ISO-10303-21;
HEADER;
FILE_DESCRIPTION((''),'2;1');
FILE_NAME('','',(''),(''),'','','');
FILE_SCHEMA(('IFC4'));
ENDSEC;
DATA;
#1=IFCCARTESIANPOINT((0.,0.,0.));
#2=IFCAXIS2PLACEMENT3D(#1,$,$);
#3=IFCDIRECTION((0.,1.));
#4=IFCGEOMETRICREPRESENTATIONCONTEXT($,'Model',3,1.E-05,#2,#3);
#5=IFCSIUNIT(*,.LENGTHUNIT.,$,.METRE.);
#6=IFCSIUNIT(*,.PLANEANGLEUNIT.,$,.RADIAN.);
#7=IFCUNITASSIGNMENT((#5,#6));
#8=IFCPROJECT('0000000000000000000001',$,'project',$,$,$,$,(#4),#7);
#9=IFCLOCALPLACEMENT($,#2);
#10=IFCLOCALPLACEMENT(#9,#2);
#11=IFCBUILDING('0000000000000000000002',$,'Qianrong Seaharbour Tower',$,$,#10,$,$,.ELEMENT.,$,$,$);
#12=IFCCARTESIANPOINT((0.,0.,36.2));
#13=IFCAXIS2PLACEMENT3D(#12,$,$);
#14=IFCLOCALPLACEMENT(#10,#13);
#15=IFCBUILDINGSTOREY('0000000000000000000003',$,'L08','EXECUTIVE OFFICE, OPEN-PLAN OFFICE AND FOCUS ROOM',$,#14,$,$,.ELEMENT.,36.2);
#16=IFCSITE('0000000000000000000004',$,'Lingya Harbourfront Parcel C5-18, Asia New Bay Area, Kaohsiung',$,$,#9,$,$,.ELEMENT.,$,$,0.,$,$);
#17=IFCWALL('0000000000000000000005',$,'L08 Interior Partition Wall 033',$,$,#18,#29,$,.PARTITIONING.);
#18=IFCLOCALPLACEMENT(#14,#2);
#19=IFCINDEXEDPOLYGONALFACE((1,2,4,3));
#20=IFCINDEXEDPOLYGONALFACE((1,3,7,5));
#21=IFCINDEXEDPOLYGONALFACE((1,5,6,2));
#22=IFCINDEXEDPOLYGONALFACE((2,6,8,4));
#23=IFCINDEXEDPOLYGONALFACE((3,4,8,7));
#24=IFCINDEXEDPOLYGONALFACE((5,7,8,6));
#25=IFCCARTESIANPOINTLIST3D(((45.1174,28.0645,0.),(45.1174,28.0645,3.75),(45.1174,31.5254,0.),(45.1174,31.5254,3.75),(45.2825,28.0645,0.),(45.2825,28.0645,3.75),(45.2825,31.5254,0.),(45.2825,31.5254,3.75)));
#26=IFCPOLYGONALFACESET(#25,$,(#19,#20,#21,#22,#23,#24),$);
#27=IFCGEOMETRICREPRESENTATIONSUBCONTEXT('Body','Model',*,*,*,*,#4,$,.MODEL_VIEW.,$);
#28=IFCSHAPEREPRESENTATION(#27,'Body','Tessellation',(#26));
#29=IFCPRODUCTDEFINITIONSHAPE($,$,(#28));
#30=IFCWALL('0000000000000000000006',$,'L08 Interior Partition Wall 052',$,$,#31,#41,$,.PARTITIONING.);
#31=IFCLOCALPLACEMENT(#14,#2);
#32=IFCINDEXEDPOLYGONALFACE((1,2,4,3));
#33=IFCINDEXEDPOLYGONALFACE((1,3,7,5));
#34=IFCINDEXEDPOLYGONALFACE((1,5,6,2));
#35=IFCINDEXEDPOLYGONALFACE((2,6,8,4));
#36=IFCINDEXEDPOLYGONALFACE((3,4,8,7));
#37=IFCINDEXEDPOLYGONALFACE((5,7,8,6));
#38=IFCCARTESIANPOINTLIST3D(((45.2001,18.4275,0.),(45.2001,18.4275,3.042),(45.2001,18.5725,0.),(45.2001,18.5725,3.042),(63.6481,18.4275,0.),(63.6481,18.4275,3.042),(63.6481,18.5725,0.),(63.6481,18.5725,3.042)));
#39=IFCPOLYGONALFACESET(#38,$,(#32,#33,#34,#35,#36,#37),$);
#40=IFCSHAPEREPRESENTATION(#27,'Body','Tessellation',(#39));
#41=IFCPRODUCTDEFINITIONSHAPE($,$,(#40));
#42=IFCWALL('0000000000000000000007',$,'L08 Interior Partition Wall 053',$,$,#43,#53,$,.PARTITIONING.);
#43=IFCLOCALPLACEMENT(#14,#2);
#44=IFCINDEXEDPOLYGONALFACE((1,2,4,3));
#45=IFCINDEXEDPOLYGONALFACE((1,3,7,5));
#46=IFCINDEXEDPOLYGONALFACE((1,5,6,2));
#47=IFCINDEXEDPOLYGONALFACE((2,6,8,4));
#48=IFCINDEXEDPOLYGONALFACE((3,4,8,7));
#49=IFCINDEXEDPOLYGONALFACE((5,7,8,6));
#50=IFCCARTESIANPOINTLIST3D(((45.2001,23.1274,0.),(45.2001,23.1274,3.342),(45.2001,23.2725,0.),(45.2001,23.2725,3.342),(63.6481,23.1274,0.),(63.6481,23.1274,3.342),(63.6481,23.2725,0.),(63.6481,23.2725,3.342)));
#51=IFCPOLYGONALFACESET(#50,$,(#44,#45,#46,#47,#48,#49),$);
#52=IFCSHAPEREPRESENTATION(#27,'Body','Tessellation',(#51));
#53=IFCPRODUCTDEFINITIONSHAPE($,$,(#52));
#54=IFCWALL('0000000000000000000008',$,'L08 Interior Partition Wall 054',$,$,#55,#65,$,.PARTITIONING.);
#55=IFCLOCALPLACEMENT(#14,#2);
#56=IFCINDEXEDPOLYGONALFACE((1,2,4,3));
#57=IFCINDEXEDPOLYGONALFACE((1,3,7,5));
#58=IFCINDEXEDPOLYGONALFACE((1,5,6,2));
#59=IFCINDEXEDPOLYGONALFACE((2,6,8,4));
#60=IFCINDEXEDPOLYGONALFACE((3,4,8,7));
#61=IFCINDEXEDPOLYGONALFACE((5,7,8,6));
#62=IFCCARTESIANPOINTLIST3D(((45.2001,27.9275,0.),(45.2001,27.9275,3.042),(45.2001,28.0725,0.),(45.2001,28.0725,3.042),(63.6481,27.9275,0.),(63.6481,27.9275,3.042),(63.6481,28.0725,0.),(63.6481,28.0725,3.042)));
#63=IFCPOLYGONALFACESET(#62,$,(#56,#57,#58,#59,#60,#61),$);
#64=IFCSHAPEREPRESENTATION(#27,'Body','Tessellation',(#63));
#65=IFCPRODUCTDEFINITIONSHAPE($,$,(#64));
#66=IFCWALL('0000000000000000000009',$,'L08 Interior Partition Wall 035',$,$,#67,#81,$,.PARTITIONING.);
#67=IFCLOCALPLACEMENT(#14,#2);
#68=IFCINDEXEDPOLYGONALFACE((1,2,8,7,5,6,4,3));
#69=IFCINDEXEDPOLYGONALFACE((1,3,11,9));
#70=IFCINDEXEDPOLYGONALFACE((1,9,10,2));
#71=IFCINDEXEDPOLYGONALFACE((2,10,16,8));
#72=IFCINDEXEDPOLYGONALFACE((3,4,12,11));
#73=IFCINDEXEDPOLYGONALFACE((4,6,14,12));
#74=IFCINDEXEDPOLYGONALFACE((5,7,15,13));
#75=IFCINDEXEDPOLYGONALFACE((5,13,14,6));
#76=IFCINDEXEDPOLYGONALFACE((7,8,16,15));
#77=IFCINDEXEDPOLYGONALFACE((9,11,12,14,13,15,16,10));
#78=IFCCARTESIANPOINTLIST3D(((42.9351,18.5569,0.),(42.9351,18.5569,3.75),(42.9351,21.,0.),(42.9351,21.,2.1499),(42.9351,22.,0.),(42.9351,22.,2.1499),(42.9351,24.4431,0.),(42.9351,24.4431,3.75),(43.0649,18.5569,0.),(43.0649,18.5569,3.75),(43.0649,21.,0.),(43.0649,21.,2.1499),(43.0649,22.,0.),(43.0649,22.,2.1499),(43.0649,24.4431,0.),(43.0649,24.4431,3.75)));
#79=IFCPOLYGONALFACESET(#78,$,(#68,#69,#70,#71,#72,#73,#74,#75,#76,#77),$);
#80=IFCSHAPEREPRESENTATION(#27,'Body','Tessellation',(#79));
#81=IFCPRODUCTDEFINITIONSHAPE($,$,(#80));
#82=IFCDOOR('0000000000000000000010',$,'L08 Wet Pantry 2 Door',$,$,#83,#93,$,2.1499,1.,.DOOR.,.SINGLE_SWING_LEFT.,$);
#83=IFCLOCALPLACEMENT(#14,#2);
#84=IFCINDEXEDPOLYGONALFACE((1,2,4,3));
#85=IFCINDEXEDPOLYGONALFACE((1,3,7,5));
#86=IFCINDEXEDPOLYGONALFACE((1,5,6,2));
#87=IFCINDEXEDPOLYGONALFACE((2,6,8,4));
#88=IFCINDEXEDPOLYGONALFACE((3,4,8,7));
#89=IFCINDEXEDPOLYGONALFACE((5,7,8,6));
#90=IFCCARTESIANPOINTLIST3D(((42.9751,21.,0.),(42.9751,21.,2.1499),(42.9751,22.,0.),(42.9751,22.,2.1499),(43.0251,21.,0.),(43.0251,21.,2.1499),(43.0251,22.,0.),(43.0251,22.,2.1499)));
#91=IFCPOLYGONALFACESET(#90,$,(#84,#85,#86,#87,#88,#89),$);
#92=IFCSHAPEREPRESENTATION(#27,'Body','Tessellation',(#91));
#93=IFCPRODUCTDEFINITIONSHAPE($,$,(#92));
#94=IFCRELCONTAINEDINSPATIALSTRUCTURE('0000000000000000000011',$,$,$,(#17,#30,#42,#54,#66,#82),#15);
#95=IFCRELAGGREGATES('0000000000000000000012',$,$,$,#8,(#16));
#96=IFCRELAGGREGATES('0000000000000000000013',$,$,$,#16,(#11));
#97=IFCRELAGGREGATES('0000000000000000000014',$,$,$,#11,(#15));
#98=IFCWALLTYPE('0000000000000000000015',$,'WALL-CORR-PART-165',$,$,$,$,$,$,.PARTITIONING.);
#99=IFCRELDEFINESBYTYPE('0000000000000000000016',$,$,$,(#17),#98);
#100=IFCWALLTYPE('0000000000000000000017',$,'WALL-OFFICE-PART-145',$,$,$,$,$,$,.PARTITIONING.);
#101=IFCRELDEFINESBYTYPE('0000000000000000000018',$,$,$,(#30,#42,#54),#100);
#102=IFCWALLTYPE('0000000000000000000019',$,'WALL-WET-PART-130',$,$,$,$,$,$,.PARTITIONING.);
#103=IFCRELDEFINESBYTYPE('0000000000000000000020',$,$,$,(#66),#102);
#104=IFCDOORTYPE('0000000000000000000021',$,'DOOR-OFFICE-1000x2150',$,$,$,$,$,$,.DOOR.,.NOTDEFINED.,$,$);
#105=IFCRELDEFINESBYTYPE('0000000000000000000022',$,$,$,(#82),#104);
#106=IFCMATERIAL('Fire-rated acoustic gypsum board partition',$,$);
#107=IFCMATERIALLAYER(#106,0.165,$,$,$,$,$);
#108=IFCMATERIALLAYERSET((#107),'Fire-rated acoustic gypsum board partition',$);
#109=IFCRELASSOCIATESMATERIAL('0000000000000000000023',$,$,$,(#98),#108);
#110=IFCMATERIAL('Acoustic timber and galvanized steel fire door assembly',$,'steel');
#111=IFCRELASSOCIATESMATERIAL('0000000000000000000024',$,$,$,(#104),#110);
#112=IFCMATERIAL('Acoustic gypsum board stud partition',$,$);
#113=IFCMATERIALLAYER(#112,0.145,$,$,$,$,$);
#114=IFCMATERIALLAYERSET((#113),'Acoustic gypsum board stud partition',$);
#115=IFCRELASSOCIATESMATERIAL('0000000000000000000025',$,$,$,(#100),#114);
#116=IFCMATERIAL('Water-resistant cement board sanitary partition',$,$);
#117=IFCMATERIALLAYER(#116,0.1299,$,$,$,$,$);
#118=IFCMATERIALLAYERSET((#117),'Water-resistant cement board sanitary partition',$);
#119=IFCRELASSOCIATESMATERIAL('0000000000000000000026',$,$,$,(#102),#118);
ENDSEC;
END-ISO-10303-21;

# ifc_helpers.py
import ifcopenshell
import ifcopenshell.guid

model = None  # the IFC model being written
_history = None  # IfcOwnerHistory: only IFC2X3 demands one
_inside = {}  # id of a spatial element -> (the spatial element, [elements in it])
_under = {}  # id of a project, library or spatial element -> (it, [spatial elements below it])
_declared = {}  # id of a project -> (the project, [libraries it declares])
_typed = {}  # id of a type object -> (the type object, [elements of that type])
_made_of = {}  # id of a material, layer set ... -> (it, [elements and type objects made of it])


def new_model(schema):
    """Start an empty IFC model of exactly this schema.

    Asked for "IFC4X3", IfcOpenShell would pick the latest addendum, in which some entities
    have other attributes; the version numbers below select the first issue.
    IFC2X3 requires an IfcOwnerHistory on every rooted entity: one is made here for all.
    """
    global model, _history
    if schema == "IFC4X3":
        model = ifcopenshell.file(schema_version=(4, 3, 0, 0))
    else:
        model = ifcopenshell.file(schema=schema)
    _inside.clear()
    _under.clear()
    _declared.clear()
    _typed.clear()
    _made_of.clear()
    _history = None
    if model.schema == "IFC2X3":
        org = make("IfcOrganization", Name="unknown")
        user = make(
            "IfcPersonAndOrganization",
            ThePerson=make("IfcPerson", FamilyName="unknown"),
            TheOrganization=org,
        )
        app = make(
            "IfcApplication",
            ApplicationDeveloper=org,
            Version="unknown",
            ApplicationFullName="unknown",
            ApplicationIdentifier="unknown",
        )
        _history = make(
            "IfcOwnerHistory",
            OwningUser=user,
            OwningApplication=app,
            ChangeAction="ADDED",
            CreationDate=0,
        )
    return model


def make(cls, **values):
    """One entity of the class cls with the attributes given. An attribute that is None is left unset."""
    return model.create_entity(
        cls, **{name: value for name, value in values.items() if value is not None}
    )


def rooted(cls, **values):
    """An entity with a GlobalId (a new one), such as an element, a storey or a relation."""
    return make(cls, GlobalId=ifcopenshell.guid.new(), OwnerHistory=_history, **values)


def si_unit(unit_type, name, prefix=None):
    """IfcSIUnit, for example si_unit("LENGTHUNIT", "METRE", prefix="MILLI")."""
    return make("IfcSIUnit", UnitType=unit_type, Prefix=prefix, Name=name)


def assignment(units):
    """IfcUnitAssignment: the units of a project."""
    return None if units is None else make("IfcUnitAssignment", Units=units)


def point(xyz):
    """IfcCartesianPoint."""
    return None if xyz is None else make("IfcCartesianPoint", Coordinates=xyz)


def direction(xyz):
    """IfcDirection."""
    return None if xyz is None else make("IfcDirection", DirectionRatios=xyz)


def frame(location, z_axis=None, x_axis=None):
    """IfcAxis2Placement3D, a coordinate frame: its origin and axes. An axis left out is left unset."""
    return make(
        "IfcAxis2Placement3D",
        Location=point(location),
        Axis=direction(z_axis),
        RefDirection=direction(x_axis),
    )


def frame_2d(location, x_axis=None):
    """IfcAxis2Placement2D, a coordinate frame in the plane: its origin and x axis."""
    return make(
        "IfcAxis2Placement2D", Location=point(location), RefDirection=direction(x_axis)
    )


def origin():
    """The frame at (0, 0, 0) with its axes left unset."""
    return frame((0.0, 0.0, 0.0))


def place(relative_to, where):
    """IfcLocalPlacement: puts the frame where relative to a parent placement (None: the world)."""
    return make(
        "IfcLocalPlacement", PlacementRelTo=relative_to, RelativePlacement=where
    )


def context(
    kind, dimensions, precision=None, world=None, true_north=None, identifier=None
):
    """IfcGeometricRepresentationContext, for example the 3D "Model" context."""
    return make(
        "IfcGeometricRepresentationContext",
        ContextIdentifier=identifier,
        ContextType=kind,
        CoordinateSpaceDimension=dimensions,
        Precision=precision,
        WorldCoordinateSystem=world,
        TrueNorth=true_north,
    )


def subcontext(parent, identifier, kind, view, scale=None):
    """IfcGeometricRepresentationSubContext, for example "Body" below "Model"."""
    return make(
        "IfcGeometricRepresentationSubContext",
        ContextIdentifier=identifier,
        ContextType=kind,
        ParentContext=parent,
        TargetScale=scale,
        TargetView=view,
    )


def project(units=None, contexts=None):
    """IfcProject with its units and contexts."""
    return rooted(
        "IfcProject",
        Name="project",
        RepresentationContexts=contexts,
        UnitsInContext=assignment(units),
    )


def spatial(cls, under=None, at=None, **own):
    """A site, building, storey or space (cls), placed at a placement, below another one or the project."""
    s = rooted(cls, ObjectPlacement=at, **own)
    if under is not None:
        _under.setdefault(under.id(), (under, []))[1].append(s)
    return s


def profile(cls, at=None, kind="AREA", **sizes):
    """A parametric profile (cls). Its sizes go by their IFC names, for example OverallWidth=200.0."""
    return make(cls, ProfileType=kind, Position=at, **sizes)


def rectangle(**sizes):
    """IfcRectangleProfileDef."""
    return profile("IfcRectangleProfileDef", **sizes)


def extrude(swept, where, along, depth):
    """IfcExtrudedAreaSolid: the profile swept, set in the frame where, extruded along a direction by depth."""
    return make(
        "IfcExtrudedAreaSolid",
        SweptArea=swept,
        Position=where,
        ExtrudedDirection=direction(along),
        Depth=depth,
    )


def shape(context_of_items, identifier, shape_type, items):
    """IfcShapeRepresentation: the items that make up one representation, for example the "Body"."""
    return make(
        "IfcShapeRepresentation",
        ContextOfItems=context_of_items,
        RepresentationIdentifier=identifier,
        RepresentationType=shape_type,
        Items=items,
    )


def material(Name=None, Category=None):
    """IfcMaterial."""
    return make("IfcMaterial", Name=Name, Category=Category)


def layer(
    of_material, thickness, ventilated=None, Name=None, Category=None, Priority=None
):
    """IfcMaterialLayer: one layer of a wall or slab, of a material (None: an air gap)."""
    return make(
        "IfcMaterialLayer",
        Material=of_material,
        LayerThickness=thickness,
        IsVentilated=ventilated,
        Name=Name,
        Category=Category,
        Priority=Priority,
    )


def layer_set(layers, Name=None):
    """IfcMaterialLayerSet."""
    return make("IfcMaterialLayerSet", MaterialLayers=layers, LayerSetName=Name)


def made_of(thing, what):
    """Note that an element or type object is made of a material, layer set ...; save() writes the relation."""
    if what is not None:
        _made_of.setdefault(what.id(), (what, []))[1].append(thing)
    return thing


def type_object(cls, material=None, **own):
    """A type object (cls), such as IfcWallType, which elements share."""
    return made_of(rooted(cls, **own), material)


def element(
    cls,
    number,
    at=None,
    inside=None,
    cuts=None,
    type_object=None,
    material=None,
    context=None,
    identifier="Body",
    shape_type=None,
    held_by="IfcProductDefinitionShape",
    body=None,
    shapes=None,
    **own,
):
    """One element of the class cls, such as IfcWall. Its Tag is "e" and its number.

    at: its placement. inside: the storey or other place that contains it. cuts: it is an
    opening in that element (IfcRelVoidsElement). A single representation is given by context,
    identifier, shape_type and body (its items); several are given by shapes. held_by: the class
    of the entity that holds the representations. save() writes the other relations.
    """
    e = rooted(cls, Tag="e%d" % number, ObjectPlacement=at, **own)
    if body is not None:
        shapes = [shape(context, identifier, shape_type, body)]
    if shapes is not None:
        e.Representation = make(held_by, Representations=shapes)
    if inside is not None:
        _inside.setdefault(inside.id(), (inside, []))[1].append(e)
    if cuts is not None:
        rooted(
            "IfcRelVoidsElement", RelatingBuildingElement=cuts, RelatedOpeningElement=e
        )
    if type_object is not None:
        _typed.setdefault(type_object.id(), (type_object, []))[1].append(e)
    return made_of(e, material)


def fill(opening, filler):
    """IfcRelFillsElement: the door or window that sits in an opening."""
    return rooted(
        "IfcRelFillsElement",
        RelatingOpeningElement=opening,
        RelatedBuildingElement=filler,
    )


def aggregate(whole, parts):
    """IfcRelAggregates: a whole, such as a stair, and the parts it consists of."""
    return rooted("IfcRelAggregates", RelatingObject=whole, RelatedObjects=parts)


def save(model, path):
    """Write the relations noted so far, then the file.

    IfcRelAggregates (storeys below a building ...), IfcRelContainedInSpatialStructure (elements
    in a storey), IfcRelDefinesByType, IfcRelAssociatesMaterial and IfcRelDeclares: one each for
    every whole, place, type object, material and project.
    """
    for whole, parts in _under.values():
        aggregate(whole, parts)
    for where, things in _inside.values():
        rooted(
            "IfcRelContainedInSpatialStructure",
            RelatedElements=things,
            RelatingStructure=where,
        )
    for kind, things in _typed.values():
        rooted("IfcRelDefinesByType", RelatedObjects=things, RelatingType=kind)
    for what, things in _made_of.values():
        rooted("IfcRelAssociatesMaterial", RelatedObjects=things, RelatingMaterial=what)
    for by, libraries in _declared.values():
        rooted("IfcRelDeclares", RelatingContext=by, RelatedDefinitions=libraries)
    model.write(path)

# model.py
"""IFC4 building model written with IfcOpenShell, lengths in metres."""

from ifc_helpers import new_model, si_unit, direction, frame, frame_2d, origin, place, context, subcontext, project, spatial, rectangle, extrude, material, layer, layer_set, type_object, element, fill, save


model = new_model("IFC4")

# Units and contexts
model_context = context("Model", 3, precision=1e-05, world=origin(), true_north=direction((0.0, 1.0)))
body_context = subcontext(model_context, "Body", "Model", "MODEL_VIEW")
ifc_project = project(units=[si_unit("LENGTHUNIT", "METRE"), si_unit("PLANEANGLEUNIT", "RADIAN")], contexts=[model_context])

# Site, building, storey
site_placement = place(None, origin())
site = spatial("IfcSite", under=ifc_project, at=site_placement, Name="Lingya Harbourfront Parcel C5-18, Asia New Bay Area, Kaohsiung", CompositionType="ELEMENT", RefElevation=0.0)
building_placement = place(site_placement, origin())
building = spatial("IfcBuilding", under=site, at=building_placement, Name="Qianrong Seaharbour Tower", CompositionType="ELEMENT")
storey_placement = place(building_placement, frame((0.0, 0.0, 36.2)))
storey = spatial("IfcBuildingStorey", under=building, at=storey_placement, Name="L08", Description="EXECUTIVE OFFICE, OPEN-PLAN OFFICE AND FOCUS ROOM", CompositionType="ELEMENT", Elevation=36.2)

# Shared definitions
ifc_material_1 = material(Name="Fire-rated acoustic gypsum board partition")
ifc_layer_1 = layer(ifc_material_1, 0.165)
ifc_layer_set_1 = layer_set([ifc_layer_1], Name="Fire-rated acoustic gypsum board partition")
wall_type_1 = type_object("IfcWallType", Name="WALL-CORR-PART-165", PredefinedType="PARTITIONING", material=ifc_layer_set_1)

# Shared definitions
ifc_material_2 = material(Name="Acoustic timber and galvanized steel fire door assembly", Category="steel")
door_type_1 = type_object("IfcDoorType", Name="DOOR-OFFICE-1000x2150", OperationType="NOTDEFINED", PredefinedType="DOOR", material=ifc_material_2)

# Wall
wall_1_placement = place(storey_placement, frame((45.2, 31.5254, 0.0), z_axis=(0.0, 0.0, 1.0), x_axis=(0.0, -1.0, 0.0)))
element("IfcWall", 1, at=wall_1_placement, inside=storey, type_object=wall_type_1, Name="L08 Interior Partition Wall 033", PredefinedType="PARTITIONING", context=body_context, shape_type="SweptSolid", body=[
    extrude(rectangle(XDim=3.4609, YDim=0.165, at=frame_2d((1.7305, 0.0))), origin(), (0.0, 0.0, 1.0), 3.75),
])

# Walls
ifc_material_3 = material(Name="Acoustic gypsum board stud partition")
ifc_layer_2 = layer(ifc_material_3, 0.145)
ifc_layer_set_2 = layer_set([ifc_layer_2], Name="Acoustic gypsum board stud partition")
wall_type_2 = type_object("IfcWallType", Name="WALL-OFFICE-PART-145", PredefinedType="PARTITIONING", material=ifc_layer_set_2)
wall_2_placement = place(storey_placement, frame((45.2, 18.5, 0.0), z_axis=(0.0, 0.0, 1.0), x_axis=(1.0, 0.0, 0.0)))
element("IfcWall", 2, at=wall_2_placement, inside=storey, type_object=wall_type_2, Name="L08 Interior Partition Wall 052", PredefinedType="PARTITIONING", context=body_context, shape_type="SweptSolid", body=[
    extrude(rectangle(XDim=18.448, YDim=0.145, at=frame_2d((9.2241, 0.0))), origin(), (0.0, 0.0, 1.0), 3.042),
])
wall_3_placement = place(storey_placement, frame((45.2, 23.2, 0.0), z_axis=(0.0, 0.0, 1.0), x_axis=(1.0, 0.0, 0.0)))
element("IfcWall", 3, at=wall_3_placement, inside=storey, type_object=wall_type_2, Name="L08 Interior Partition Wall 053", PredefinedType="PARTITIONING", context=body_context, shape_type="SweptSolid", body=[
    extrude(rectangle(XDim=18.448, YDim=0.145, at=frame_2d((9.2241, 0.0))), origin(), (0.0, 0.0, 1.0), 3.342),
])
wall_4_placement = place(storey_placement, frame((45.2, 28.0, 0.0), z_axis=(0.0, 0.0, 1.0), x_axis=(1.0, 0.0, 0.0)))
element("IfcWall", 4, at=wall_4_placement, inside=storey, type_object=wall_type_2, Name="L08 Interior Partition Wall 054", PredefinedType="PARTITIONING", context=body_context, shape_type="SweptSolid", body=[
    extrude(rectangle(XDim=18.448, YDim=0.145, at=frame_2d((9.2241, 0.0))), origin(), (0.0, 0.0, 1.0), 3.042),
])

# Wall, opening, door
ifc_material_4 = material(Name="Water-resistant cement board sanitary partition")
ifc_layer_3 = layer(ifc_material_4, 0.1299)
ifc_layer_set_3 = layer_set([ifc_layer_3], Name="Water-resistant cement board sanitary partition")
wall_type_3 = type_object("IfcWallType", Name="WALL-WET-PART-130", PredefinedType="PARTITIONING", material=ifc_layer_set_3)
wall_5_placement = place(storey_placement, frame((43.0, 18.5569, 0.0), z_axis=(0.0, 0.0, 1.0), x_axis=(0.0, 1.0, 0.0)))
wall_5 = element("IfcWall", 5, at=wall_5_placement, inside=storey, type_object=wall_type_3, Name="L08 Interior Partition Wall 035", PredefinedType="PARTITIONING", context=body_context, shape_type="SweptSolid", body=[
    extrude(rectangle(XDim=5.8862, YDim=0.1299, at=frame_2d((2.9431, 0.0))), origin(), (0.0, 0.0, 1.0), 3.75),
])
opening_1_placement = place(wall_5_placement, frame((2.4431, 0.0, 0.0)))
opening_1 = element("IfcOpeningElement", 6, at=opening_1_placement, cuts=wall_5, PredefinedType="OPENING", context=body_context, shape_type="SweptSolid", body=[
    extrude(rectangle(XDim=1.0, YDim=2.1499, at=frame_2d((0.5, 1.075))), frame((0.0, 0.075, 0.0), z_axis=(0.0, -1.0, 0.0), x_axis=(1.0, 0.0, 0.0)), (0.0, 0.0, 1.0), 0.1499),
])
door_1_placement = place(opening_1_placement, origin())
door_1 = element("IfcDoor", 7, at=door_1_placement, inside=storey, type_object=door_type_1, Name="L08 Wet Pantry 2 Door", OperationType="SINGLE_SWING_LEFT", OverallHeight=2.1499, OverallWidth=1.0, PredefinedType="DOOR", context=body_context, shape_type="SweptSolid", body=[
    extrude(rectangle(XDim=1.0, YDim=2.1499, at=frame_2d((0.5, 1.075))), frame((0.0, 0.0249, 0.0), z_axis=(0.0, -1.0, 0.0), x_axis=(1.0, 0.0, 0.0)), (0.0, 0.0, 1.0), 0.05),
])
fill(opening_1, door_1)

save(model, "model.ifc")
